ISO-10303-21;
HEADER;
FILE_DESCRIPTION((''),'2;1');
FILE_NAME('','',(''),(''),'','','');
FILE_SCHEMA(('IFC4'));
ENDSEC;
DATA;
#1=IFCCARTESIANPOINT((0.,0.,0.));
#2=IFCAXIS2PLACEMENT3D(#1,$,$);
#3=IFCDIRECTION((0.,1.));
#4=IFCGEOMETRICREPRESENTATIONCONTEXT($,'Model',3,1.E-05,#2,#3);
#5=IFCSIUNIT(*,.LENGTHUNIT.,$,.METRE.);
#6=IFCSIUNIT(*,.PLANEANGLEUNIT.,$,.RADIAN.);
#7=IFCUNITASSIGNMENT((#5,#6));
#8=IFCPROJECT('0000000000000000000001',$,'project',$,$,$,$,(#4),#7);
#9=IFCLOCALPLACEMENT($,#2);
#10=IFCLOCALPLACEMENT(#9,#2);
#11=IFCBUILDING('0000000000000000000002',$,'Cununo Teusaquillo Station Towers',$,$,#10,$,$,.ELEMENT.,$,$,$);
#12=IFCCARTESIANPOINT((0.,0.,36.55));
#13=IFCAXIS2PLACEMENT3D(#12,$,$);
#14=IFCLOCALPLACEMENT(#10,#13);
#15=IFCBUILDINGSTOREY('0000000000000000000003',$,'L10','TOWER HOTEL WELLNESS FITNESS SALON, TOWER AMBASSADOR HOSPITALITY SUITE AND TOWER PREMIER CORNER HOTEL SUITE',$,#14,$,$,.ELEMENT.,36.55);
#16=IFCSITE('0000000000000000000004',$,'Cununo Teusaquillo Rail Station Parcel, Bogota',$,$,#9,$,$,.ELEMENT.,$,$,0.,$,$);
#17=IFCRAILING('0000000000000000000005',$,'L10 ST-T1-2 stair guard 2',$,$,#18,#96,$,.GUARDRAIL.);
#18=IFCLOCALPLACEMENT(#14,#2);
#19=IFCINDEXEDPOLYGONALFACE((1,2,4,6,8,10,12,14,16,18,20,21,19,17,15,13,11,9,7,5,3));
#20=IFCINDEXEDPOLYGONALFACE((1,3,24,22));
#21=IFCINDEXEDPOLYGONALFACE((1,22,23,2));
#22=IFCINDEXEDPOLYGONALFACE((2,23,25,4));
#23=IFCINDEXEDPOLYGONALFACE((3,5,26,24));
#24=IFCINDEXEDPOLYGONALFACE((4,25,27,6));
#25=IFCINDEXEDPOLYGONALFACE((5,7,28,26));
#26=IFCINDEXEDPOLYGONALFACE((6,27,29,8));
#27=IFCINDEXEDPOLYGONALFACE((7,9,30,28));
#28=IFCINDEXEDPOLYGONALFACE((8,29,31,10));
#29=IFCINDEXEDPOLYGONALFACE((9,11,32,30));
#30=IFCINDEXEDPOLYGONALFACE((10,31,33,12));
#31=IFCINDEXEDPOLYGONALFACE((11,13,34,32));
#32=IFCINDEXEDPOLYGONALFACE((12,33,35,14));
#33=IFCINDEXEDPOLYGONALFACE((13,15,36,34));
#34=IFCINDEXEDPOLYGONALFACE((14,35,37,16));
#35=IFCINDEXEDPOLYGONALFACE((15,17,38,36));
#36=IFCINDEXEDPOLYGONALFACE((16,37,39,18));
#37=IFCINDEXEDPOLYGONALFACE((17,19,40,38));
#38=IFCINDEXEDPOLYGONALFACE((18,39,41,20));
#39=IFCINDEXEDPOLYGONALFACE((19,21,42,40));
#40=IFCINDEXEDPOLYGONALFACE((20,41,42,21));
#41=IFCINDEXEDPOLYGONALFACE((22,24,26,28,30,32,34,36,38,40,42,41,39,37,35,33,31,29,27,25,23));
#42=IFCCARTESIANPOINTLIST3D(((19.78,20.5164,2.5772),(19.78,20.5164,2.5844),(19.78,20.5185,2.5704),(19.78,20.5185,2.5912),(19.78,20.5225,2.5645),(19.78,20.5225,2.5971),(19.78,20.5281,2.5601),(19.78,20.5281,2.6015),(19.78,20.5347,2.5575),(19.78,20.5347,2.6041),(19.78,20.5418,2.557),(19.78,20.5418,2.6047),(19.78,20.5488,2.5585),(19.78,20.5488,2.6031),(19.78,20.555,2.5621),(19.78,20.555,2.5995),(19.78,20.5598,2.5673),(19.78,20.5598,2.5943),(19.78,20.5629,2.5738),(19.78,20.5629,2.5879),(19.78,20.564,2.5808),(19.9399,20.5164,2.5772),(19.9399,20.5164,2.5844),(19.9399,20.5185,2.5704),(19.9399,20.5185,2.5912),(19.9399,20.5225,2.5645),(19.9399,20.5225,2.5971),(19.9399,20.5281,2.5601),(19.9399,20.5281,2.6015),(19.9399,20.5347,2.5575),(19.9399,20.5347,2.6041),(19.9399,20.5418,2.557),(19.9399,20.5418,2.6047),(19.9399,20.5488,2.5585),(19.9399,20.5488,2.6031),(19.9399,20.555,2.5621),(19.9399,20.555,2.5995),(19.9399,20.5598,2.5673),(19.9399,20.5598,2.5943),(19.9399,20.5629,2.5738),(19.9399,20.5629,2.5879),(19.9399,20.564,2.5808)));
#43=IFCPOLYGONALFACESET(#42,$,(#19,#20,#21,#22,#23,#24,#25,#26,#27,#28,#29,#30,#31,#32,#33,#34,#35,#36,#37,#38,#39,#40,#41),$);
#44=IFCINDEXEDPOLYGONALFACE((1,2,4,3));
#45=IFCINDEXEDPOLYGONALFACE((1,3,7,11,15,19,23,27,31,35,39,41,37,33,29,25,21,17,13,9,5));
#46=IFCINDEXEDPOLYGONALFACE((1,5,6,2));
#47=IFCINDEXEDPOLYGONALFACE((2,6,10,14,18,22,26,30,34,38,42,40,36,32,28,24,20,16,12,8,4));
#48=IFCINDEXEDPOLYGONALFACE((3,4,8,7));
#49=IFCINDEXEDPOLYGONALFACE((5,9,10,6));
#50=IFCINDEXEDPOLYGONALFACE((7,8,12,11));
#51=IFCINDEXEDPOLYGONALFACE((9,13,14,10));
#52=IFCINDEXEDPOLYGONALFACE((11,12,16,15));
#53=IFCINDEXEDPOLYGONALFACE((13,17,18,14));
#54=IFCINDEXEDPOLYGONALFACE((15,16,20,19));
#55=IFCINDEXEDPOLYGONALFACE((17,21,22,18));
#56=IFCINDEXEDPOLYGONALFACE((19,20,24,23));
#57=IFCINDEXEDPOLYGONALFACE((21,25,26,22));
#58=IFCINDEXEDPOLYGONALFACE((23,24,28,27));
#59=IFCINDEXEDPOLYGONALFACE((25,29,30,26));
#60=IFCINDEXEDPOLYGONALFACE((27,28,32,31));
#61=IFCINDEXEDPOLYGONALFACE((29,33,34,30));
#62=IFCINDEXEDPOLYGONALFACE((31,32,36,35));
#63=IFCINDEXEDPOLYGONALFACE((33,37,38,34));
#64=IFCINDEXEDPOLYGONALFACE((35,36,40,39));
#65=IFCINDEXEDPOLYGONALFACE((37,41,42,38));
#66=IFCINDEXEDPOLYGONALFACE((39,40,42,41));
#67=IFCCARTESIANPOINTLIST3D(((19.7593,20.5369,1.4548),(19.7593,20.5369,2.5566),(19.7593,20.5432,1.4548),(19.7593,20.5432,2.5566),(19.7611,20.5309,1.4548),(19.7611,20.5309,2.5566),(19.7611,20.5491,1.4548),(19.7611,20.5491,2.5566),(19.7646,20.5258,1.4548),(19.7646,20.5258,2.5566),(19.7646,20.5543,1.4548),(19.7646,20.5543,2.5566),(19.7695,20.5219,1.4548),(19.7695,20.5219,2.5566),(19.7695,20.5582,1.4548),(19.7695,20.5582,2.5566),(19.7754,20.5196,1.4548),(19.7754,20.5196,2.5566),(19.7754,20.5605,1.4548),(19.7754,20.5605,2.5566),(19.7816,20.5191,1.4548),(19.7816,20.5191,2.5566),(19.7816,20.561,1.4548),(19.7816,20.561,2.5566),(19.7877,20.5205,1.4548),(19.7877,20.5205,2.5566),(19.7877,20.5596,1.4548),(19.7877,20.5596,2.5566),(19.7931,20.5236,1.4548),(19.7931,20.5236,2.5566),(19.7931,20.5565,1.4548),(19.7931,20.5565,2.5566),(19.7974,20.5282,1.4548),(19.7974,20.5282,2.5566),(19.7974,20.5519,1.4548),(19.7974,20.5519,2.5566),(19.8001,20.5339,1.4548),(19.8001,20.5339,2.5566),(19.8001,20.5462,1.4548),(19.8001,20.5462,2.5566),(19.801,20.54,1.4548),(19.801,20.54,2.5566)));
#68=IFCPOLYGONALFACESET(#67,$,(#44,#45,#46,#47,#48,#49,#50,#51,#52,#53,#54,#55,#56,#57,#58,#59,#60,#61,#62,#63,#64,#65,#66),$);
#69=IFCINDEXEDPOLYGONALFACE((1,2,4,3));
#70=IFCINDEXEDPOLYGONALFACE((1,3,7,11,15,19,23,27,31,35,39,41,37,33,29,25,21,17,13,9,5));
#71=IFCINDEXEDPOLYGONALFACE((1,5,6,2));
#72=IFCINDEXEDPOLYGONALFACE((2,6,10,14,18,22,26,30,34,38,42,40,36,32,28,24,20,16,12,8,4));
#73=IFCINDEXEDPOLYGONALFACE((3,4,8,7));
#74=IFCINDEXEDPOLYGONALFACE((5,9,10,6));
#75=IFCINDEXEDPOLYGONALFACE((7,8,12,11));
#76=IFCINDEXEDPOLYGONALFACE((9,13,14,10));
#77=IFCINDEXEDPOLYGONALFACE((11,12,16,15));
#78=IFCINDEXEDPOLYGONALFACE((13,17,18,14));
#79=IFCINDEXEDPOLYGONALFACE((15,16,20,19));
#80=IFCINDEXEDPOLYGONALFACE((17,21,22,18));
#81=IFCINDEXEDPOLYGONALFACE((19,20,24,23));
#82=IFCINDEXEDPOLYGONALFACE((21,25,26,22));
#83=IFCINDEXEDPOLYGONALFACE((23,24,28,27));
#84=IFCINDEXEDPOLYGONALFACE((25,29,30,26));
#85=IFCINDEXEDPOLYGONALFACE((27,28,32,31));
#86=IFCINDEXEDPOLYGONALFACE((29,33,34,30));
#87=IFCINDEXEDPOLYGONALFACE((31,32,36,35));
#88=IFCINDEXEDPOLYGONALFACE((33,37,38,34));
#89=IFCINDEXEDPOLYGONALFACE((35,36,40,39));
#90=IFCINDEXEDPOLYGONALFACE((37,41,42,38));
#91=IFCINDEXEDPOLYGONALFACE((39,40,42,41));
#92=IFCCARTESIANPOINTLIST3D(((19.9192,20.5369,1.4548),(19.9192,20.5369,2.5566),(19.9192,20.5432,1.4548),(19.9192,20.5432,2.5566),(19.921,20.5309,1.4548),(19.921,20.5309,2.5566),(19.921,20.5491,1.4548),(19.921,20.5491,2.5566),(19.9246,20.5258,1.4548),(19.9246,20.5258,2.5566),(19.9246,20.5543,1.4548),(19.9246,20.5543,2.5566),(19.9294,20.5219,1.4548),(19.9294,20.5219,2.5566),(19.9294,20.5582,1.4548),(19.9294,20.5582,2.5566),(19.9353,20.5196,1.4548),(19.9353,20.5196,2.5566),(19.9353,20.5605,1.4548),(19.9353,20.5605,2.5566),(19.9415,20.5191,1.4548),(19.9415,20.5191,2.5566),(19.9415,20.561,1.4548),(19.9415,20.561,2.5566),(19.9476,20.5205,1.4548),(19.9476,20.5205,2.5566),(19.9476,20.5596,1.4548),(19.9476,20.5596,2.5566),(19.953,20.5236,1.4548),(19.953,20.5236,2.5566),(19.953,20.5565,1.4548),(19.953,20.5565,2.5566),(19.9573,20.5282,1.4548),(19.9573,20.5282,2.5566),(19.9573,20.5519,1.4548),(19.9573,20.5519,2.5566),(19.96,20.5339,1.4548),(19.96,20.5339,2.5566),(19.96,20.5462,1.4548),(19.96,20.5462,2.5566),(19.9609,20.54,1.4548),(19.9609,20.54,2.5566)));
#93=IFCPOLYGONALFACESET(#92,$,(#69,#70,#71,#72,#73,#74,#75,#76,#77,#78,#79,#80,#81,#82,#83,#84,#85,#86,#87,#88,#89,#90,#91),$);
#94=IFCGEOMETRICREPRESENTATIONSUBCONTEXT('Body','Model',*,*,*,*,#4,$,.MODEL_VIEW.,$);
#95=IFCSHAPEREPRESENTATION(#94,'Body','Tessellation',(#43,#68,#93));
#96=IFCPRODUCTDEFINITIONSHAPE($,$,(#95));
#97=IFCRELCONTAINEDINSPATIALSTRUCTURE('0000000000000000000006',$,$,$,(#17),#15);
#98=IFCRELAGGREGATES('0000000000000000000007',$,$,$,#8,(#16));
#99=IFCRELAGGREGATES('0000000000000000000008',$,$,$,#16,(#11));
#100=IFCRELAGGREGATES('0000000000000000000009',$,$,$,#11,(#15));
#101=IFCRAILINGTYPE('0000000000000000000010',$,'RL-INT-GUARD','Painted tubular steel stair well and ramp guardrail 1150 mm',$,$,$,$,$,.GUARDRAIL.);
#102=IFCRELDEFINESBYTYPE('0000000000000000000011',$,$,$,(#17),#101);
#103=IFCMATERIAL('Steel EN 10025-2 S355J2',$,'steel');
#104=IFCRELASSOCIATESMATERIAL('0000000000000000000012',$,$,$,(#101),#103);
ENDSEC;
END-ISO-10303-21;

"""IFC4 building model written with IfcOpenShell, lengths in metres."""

from ifc_helpers import new_model, si_unit, direction, frame, origin, origin_2d, place, context, subcontext, project, spatial, circle, extrude, material, type_object, element, save


model = new_model("IFC4")

# Units and contexts
model_context = context("Model", 3, precision=1e-05, world=origin(), true_north=direction((0.0, 1.0)))
body_context = subcontext(model_context, "Body", "Model", "MODEL_VIEW")
ifc_project = project(units=[si_unit("LENGTHUNIT", "METRE"), si_unit("PLANEANGLEUNIT", "RADIAN")], contexts=[model_context])

# Site, building, storey
site_placement = place(None, origin())
site = spatial("IfcSite", under=ifc_project, at=site_placement, Name="Cununo Teusaquillo Rail Station Parcel, Bogota", CompositionType="ELEMENT", RefElevation=0.0)
building_placement = place(site_placement, origin())
building = spatial("IfcBuilding", under=site, at=building_placement, Name="Cununo Teusaquillo Station Towers", CompositionType="ELEMENT")
storey_placement = place(building_placement, frame((0.0, 0.0, 36.55)))
storey = spatial("IfcBuildingStorey", under=building, at=storey_placement, Name="L10", Description="TOWER HOTEL WELLNESS FITNESS SALON, TOWER AMBASSADOR HOSPITALITY SUITE AND TOWER PREMIER CORNER HOTEL SUITE", CompositionType="ELEMENT", Elevation=36.55)

# Railing
ifc_material_1 = material(Name="Steel EN 10025-2 S355J2", Category="steel")
railing_type_1 = type_object("IfcRailingType", Name="RL-INT-GUARD", Description="Painted tubular steel stair well and ramp guardrail 1150 mm", PredefinedType="GUARDRAIL", material=ifc_material_1)
railing_1_placement = place(storey_placement, frame((19.78, 20.54, 1.4548)))
element("IfcRailing", 1, at=railing_1_placement, inside=storey, type_object=railing_type_1, Name="L10 ST-T1-2 stair guard 2", PredefinedType="GUARDRAIL", context=body_context, shape_type="SweptSolid", body=[
    extrude(circle(Radius=0.0239, at=origin_2d()), frame((0.0, 0.0, 1.126), z_axis=(1.0, 0.0, 0.0), x_axis=(0.0, 1.0, 0.0)), (0.0, 0.0, 1.0), 0.1599),
    extrude(circle(Radius=0.021, at=origin_2d()), origin(), (0.0, 0.0, 1.0), 1.1018),
    extrude(circle(Radius=0.021, at=origin_2d()), frame((0.1599, 0.0, 0.0)), (0.0, 0.0, 1.0), 1.1018),
])

save(model, "model.ifc")
